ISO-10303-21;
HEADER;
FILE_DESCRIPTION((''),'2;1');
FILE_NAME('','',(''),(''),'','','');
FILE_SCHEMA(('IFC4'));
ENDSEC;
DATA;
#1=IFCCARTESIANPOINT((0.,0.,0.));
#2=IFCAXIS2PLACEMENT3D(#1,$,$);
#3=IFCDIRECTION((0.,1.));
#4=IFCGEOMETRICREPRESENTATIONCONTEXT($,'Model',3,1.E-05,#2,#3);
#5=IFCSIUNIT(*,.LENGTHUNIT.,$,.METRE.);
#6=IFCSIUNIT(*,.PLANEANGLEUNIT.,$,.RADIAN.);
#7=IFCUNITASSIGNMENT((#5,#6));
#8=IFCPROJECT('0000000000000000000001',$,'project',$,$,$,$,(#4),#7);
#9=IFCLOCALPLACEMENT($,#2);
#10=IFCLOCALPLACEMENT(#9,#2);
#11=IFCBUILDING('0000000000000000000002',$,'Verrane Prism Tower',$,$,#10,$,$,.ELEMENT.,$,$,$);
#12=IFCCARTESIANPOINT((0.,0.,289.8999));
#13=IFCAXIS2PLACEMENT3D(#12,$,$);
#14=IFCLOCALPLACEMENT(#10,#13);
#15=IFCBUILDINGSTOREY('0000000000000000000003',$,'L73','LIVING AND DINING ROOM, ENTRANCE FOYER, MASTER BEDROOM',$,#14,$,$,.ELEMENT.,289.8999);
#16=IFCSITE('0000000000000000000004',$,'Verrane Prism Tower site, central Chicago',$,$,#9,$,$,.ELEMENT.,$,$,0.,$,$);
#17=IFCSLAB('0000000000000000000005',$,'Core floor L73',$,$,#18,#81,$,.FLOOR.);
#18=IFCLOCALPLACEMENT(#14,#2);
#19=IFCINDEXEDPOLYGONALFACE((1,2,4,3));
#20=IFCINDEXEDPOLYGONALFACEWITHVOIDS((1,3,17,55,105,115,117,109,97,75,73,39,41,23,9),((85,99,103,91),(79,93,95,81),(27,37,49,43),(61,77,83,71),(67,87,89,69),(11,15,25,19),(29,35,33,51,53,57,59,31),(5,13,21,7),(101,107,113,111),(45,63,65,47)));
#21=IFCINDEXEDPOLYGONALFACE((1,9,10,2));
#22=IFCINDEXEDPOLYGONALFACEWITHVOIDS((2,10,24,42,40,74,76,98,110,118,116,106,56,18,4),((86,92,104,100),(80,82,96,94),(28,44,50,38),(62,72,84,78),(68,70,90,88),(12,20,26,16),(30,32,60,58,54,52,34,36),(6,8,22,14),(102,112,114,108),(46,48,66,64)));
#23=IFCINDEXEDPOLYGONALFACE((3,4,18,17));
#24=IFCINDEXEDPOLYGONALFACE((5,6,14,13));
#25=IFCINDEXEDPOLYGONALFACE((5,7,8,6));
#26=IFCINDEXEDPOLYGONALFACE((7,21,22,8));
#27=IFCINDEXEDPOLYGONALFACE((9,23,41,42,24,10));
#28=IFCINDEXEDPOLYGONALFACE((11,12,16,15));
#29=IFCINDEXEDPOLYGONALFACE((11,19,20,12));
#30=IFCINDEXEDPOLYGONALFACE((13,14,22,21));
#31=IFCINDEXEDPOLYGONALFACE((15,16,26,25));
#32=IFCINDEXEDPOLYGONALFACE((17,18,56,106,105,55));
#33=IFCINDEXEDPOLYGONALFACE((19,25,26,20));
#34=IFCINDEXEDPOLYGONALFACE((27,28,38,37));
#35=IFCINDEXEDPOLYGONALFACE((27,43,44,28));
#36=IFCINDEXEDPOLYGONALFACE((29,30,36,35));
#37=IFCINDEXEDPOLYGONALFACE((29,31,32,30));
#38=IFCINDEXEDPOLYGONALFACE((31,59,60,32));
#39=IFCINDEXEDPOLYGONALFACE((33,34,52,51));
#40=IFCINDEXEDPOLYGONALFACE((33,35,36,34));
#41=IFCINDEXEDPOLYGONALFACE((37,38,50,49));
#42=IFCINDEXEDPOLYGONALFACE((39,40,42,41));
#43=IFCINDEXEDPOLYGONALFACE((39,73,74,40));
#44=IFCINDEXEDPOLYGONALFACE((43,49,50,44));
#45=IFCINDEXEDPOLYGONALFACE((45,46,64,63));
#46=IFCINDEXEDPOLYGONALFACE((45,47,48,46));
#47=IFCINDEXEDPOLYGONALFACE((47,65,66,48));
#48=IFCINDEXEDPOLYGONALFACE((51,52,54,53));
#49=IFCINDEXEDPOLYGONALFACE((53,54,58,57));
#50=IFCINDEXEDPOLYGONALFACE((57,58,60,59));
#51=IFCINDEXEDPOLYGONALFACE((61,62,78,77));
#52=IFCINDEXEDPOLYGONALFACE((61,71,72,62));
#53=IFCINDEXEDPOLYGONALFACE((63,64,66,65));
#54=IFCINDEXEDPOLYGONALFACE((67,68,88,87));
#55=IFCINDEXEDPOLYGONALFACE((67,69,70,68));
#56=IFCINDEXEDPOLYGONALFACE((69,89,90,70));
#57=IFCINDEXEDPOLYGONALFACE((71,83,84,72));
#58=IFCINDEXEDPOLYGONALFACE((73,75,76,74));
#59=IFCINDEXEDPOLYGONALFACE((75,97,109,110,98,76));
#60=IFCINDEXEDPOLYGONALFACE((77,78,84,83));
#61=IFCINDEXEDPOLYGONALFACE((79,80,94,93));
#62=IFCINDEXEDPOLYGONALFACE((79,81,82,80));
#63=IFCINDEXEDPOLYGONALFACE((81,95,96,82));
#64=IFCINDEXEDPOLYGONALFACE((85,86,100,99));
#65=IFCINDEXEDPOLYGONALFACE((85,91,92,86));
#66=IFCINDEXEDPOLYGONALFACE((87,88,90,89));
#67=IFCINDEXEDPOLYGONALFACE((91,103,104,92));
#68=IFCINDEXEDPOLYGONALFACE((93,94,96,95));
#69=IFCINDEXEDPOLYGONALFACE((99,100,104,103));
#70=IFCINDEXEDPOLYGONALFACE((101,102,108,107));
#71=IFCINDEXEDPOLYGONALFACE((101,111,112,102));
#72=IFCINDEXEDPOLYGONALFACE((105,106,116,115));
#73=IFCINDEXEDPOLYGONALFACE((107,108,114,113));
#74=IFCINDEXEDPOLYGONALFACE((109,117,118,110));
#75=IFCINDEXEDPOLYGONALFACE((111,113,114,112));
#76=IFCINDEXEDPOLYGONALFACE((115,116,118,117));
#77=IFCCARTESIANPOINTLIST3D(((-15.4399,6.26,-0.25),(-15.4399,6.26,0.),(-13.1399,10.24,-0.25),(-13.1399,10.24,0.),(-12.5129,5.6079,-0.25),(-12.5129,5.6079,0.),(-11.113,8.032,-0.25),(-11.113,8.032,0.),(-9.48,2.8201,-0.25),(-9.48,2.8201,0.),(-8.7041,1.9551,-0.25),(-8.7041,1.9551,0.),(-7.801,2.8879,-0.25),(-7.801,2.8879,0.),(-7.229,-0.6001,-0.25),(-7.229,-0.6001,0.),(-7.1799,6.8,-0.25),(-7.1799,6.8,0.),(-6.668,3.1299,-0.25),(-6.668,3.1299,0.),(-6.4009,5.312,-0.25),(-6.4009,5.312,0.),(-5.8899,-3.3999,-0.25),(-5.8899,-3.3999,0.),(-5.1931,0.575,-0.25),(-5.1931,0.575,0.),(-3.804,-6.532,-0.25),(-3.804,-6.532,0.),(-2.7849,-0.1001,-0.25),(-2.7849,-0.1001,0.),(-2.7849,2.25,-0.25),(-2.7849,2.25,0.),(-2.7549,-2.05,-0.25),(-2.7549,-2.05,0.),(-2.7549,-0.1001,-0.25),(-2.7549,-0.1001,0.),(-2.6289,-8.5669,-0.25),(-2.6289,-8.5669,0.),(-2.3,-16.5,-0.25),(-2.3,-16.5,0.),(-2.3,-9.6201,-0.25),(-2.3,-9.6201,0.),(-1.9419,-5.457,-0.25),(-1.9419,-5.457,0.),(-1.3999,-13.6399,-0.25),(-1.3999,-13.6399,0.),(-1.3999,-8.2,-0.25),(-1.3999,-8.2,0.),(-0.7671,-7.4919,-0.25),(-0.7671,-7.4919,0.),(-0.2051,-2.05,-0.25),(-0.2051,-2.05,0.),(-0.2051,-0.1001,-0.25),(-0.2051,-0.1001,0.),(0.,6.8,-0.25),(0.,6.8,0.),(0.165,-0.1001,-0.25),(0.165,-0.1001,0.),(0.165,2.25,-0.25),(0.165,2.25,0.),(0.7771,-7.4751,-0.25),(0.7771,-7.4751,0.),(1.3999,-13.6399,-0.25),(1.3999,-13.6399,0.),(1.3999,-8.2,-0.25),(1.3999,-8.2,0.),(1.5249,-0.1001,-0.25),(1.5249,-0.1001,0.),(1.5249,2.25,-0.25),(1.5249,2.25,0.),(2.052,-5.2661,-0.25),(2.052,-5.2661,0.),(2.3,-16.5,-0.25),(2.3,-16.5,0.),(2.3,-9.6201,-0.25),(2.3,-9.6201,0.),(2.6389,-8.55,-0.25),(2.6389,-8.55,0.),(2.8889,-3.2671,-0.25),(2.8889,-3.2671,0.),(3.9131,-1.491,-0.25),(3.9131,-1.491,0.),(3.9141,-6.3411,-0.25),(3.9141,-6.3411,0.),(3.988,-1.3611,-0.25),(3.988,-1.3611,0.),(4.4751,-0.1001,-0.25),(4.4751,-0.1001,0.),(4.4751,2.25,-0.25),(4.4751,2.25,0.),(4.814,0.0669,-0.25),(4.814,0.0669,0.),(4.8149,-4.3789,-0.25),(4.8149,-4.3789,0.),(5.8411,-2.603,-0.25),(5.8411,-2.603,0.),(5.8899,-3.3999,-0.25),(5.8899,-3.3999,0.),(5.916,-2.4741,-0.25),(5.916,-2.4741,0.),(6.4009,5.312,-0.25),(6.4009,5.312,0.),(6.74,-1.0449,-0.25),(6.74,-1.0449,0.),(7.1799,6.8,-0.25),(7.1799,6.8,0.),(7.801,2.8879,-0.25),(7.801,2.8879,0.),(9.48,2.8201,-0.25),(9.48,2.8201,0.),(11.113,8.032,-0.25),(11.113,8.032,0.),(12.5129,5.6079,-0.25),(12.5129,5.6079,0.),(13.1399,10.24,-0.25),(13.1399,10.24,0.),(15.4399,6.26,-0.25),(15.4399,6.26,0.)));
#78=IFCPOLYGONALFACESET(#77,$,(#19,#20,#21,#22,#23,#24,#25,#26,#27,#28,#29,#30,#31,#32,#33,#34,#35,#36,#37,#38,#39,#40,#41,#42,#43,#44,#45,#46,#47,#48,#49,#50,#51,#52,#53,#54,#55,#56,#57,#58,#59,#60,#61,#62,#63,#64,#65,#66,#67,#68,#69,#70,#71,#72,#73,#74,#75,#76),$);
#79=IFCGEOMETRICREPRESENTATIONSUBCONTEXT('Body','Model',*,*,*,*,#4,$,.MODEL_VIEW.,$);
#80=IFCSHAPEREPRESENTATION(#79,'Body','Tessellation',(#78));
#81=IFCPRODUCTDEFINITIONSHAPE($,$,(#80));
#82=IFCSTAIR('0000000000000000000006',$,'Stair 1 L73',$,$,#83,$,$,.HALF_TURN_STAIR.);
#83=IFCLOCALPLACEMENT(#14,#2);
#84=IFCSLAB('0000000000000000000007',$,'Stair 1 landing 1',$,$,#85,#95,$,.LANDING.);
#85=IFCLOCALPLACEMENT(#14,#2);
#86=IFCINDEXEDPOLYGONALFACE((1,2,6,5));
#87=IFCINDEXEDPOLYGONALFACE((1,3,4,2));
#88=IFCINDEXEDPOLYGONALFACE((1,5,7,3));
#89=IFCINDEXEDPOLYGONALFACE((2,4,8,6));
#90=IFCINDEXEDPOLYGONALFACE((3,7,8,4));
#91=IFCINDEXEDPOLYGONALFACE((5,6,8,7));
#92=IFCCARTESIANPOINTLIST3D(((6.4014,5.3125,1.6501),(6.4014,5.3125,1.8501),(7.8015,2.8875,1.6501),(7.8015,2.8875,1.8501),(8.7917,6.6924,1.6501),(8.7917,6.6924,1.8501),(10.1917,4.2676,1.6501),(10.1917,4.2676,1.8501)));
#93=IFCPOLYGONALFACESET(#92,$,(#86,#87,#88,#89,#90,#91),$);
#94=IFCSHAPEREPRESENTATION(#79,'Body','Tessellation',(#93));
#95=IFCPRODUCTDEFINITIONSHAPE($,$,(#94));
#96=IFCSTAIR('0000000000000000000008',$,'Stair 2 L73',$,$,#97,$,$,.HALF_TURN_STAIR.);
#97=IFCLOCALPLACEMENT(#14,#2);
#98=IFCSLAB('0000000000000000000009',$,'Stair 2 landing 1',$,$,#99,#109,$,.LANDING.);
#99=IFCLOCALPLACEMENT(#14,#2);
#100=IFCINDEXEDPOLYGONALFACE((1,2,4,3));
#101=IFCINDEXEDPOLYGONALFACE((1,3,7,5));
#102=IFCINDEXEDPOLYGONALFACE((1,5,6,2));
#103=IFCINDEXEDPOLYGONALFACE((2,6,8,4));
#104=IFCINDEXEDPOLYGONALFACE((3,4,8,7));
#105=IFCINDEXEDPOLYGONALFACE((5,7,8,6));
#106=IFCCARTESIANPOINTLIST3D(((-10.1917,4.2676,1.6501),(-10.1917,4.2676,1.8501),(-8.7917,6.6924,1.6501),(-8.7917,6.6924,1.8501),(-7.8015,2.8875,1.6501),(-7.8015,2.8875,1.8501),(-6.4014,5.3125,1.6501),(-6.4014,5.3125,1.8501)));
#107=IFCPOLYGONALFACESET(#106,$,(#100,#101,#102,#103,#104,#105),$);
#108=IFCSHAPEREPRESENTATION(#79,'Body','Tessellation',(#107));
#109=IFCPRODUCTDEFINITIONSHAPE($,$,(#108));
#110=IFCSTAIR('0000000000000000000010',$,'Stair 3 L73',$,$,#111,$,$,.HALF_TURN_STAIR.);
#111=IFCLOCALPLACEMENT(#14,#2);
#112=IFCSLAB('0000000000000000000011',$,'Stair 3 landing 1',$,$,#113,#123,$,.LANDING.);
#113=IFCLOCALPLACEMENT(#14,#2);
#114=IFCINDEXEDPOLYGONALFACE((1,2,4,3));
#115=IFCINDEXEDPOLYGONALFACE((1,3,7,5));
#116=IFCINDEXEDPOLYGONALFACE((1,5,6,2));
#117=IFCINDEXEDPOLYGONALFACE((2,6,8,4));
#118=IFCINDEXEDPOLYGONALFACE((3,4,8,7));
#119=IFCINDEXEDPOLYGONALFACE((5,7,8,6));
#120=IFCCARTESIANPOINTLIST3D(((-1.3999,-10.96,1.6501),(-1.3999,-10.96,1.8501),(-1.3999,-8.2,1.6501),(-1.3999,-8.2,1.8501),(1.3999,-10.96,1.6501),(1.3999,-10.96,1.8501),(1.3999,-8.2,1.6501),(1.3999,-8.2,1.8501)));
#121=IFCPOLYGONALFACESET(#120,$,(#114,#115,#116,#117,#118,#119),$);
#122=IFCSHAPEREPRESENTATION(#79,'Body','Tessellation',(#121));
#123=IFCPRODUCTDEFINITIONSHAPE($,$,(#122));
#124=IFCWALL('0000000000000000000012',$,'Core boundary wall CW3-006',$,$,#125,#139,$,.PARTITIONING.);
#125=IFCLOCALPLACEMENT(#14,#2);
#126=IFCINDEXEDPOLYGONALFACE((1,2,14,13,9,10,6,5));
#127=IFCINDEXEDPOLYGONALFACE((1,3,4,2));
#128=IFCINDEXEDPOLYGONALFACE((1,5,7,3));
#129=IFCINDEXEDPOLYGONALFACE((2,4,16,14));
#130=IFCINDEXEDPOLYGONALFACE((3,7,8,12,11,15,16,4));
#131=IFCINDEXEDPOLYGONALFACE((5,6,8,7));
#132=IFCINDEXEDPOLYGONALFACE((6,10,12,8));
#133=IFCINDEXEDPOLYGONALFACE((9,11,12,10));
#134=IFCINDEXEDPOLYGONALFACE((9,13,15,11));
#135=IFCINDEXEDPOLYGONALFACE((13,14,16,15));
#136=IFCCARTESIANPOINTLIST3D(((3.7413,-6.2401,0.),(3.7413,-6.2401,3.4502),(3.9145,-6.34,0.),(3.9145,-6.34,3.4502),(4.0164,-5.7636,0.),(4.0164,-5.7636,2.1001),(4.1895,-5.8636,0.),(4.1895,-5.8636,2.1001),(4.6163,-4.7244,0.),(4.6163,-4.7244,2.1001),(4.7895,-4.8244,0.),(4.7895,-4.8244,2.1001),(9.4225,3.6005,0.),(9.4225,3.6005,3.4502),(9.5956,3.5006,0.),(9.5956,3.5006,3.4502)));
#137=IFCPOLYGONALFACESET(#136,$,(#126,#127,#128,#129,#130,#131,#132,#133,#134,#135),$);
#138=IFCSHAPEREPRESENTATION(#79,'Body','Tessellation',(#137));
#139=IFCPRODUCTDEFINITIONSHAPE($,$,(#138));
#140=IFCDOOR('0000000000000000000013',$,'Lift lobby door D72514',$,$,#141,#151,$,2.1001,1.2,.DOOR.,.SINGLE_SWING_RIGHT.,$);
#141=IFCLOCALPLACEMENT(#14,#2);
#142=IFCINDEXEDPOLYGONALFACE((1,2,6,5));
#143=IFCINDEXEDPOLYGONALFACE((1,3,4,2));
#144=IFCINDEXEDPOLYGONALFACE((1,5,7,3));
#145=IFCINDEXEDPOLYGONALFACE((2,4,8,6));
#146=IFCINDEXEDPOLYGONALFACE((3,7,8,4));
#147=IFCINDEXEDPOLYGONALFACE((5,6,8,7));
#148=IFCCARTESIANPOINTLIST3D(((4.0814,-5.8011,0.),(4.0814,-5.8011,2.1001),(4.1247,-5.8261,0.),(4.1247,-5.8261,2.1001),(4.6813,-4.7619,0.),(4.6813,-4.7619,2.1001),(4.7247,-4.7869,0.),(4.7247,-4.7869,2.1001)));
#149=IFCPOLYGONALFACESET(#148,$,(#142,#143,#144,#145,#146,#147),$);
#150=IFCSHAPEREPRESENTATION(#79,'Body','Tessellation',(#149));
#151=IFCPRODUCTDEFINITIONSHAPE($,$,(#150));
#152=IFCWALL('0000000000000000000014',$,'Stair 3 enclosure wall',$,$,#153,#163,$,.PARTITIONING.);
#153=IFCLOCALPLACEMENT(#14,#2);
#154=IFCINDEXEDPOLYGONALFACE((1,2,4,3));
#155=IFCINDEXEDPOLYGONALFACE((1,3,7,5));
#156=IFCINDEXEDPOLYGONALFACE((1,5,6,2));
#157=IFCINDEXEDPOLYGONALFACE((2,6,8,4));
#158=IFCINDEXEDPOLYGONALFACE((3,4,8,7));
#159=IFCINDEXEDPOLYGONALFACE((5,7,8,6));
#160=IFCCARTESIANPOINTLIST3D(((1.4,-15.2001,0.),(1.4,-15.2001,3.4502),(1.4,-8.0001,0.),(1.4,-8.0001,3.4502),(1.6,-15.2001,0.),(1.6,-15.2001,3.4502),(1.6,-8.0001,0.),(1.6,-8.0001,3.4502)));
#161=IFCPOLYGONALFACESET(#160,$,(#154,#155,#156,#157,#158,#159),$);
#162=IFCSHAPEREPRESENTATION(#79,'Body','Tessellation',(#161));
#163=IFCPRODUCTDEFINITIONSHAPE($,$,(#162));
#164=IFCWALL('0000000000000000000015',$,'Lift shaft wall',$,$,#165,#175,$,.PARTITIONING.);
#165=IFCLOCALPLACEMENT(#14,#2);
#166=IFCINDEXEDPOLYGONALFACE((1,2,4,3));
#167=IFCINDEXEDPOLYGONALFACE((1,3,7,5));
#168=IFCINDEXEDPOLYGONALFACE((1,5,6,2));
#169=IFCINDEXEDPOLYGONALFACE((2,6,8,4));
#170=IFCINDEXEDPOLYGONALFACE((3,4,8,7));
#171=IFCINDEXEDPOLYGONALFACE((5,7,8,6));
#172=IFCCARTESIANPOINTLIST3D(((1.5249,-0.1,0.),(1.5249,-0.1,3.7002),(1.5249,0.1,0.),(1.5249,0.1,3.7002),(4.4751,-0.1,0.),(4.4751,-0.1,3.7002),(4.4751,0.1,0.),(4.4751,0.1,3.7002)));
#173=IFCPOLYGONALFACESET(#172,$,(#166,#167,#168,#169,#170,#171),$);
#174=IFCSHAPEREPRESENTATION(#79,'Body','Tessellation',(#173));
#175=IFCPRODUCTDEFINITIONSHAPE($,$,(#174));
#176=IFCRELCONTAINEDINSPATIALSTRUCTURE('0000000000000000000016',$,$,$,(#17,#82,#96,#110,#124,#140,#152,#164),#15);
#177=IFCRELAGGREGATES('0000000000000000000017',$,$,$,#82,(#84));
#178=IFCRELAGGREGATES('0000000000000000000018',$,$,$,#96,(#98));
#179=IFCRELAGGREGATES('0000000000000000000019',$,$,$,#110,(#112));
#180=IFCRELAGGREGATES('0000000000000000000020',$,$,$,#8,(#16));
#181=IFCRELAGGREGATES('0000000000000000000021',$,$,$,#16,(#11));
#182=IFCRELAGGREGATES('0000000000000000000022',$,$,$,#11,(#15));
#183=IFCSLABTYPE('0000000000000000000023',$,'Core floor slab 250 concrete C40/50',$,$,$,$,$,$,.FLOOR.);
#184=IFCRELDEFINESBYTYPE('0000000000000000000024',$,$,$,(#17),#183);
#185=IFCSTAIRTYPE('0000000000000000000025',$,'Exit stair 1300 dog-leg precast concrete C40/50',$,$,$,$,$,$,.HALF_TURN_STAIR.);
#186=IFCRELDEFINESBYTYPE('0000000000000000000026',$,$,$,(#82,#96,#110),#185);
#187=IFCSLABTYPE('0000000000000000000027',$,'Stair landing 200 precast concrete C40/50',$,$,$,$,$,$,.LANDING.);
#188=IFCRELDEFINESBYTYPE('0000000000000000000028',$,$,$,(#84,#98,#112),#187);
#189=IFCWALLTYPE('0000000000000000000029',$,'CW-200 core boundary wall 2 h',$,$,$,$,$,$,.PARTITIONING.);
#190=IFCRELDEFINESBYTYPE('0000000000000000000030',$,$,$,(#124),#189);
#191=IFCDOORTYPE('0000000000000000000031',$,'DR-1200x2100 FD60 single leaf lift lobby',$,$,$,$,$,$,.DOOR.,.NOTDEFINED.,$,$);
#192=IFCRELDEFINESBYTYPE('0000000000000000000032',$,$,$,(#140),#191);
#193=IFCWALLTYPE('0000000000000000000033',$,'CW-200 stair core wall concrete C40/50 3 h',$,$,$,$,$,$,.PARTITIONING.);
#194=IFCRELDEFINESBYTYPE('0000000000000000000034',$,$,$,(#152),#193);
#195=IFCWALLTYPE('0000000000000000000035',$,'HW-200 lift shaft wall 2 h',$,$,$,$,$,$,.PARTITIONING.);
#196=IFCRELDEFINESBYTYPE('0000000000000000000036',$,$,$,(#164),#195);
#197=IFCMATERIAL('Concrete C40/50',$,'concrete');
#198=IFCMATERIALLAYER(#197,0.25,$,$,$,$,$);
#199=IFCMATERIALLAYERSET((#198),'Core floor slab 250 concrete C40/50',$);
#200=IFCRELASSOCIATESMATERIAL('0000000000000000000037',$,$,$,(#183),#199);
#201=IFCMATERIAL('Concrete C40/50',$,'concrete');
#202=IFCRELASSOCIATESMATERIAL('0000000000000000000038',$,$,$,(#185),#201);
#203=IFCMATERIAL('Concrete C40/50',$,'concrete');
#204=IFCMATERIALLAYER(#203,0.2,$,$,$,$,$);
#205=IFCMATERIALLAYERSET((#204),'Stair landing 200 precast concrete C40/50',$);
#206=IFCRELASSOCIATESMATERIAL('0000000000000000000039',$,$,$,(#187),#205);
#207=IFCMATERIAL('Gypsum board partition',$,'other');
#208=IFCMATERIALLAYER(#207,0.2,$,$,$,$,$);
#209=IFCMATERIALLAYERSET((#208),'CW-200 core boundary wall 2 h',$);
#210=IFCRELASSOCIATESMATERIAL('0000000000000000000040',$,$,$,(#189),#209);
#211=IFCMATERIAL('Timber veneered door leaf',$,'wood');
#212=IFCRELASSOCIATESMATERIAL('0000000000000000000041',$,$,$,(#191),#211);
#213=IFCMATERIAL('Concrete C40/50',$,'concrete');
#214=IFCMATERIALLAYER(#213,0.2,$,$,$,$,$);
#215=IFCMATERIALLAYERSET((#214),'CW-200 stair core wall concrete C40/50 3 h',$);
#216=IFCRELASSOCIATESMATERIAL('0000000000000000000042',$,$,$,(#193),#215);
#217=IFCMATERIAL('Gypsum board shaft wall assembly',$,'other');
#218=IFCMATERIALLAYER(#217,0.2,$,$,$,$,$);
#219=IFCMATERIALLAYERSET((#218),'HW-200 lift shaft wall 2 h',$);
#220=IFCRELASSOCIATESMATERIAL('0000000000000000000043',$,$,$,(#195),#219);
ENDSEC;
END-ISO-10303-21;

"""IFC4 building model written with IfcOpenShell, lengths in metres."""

from ifc_helpers import new_model, si_unit, direction, frame, frame_2d, origin, place, context, subcontext, project, spatial, polyline, rectangle, outline, extrude, material, layer, layer_set, type_object, element, fill, aggregate, save


model = new_model("IFC4")

# Units and contexts
model_context = context("Model", 3, precision=1e-05, world=origin(), true_north=direction((0.0, 1.0)))
body_context = subcontext(model_context, "Body", "Model", "MODEL_VIEW")
ifc_project = project(units=[si_unit("LENGTHUNIT", "METRE"), si_unit("PLANEANGLEUNIT", "RADIAN")], contexts=[model_context])

# Site, building, storey
site_placement = place(None, origin())
site = spatial("IfcSite", under=ifc_project, at=site_placement, Name="Verrane Prism Tower site, central Chicago", CompositionType="ELEMENT", RefElevation=0.0)
building_placement = place(site_placement, origin())
building = spatial("IfcBuilding", under=site, at=building_placement, Name="Verrane Prism Tower", CompositionType="ELEMENT")
storey_placement = place(building_placement, frame((0.0, 0.0, 289.8999)))
storey = spatial("IfcBuildingStorey", under=building, at=storey_placement, Name="L73", Description="LIVING AND DINING ROOM, ENTRANCE FOYER, MASTER BEDROOM", CompositionType="ELEMENT", Elevation=289.8999)

# Slab
ifc_material_1 = material(Name="Concrete C40/50", Category="concrete")
ifc_layer_1 = layer(ifc_material_1, 0.25)
ifc_layer_set_1 = layer_set([ifc_layer_1], Name="Core floor slab 250 concrete C40/50")
slab_type_1 = type_object("IfcSlabType", Name="Core floor slab 250 concrete C40/50", PredefinedType="FLOOR", material=ifc_layer_set_1)
slab_1_placement = place(storey_placement, frame((0.0, 0.0, -0.25)))
element("IfcSlab", 1, at=slab_1_placement, inside=storey, type_object=slab_type_1, Name="Core floor L73", PredefinedType="FLOOR", context=body_context, shape_type="SweptSolid", body=[
    extrude(outline(polyline([(9.48, 2.8201), (15.4399, 6.26), (13.1399, 10.24), (7.1799, 6.8), (0.0, 6.8), (-7.1799, 6.8), (-13.1399, 10.24), (-15.4399, 6.26), (-9.48, 2.8201), (-5.8899, -3.3999), (-2.3, -9.6201), (-2.3, -16.5), (2.3, -16.5), (2.3, -9.6201), (5.8899, -3.3999), (9.48, 2.8201)]), holes=[polyline([(-1.3999, -8.2), (1.3999, -8.2), (1.3999, -13.6399), (-1.3999, -13.6399), (-1.3999, -8.2)]), polyline([(-0.7671, -7.4919), (-2.6289, -8.5669), (-3.804, -6.532), (-1.9419, -5.457), (-0.7671, -7.4919)]), polyline([(3.9141, -6.3411), (2.6389, -8.55), (0.7771, -7.4751), (2.052, -5.2661), (3.9141, -6.3411)]), polyline([(4.8149, -4.3789), (2.8889, -3.2671), (3.9131, -1.491), (5.8411, -2.603), (4.8149, -4.3789)]), polyline([(6.74, -1.0449), (5.916, -2.4741), (3.988, -1.3611), (4.814, 0.0669), (6.74, -1.0449)]), polyline([(-2.7849, -0.1001), (-2.7849, 2.25), (0.165, 2.25), (0.165, -0.1001), (-0.2051, -0.1001), (-0.2051, -2.05), (-2.7549, -2.05), (-2.7549, -0.1001), (-2.7849, -0.1001)]), polyline([(4.4751, 2.25), (4.4751, -0.1001), (1.5249, -0.1001), (1.5249, 2.25), (4.4751, 2.25)]), polyline([(-8.7041, 1.9551), (-6.668, 3.1299), (-5.1931, 0.575), (-7.229, -0.6001), (-8.7041, 1.9551)]), polyline([(-7.801, 2.8879), (-12.5129, 5.6079), (-11.113, 8.032), (-6.4009, 5.312), (-7.801, 2.8879)]), polyline([(6.4009, 5.312), (11.113, 8.032), (12.5129, 5.6079), (7.801, 2.8879), (6.4009, 5.312)])]), origin(), (0.0, 0.0, 1.0), 0.25),
])

# Stairs, slabs
ifc_material_2 = material(Name="Concrete C40/50", Category="concrete")
stair_type = type_object("IfcStairType", Name="Exit stair 1300 dog-leg precast concrete C40/50", PredefinedType="HALF_TURN_STAIR", material=ifc_material_2)
stair_1_placement = place(storey_placement, origin())
stair_1 = element("IfcStair", 2, at=stair_1_placement, inside=storey, type_object=stair_type, Name="Stair 1 L73", PredefinedType="HALF_TURN_STAIR")
ifc_material_3 = material(Name="Concrete C40/50", Category="concrete")
ifc_layer_2 = layer(ifc_material_3, 0.2)
ifc_layer_set_2 = layer_set([ifc_layer_2], Name="Stair landing 200 precast concrete C40/50")
slab_type_2 = type_object("IfcSlabType", Name="Stair landing 200 precast concrete C40/50", PredefinedType="LANDING", material=ifc_layer_set_2)
slab_2_placement = place(storey_placement, frame((0.0, 0.0, 1.6501)))
slab_2 = element("IfcSlab", 3, at=slab_2_placement, type_object=slab_type_2, Name="Stair 1 landing 1", PredefinedType="LANDING", context=body_context, shape_type="SweptSolid", body=[
    extrude(outline(polyline([(8.7917, 6.6924), (6.4014, 5.3125), (7.8015, 2.8875), (10.1917, 4.2676), (8.7917, 6.6924)])), origin(), (0.0, 0.0, 1.0), 0.2),
])
aggregate(stair_1, [slab_2])
stair_2_placement = place(storey_placement, origin())
stair_2 = element("IfcStair", 4, at=stair_2_placement, inside=storey, type_object=stair_type, Name="Stair 2 L73", PredefinedType="HALF_TURN_STAIR")
slab_3_placement = place(storey_placement, frame((0.0, 0.0, 1.6501)))
slab_3 = element("IfcSlab", 5, at=slab_3_placement, type_object=slab_type_2, Name="Stair 2 landing 1", PredefinedType="LANDING", context=body_context, shape_type="SweptSolid", body=[
    extrude(outline(polyline([(-10.1917, 4.2676), (-7.8015, 2.8875), (-6.4014, 5.3125), (-8.7917, 6.6924), (-10.1917, 4.2676)])), origin(), (0.0, 0.0, 1.0), 0.2),
])
aggregate(stair_2, [slab_3])
stair_3_placement = place(storey_placement, origin())
stair_3 = element("IfcStair", 6, at=stair_3_placement, inside=storey, type_object=stair_type, Name="Stair 3 L73", PredefinedType="HALF_TURN_STAIR")
slab_4_placement = place(storey_placement, frame((0.0, 0.0, 1.6501)))
slab_4 = element("IfcSlab", 7, at=slab_4_placement, type_object=slab_type_2, Name="Stair 3 landing 1", PredefinedType="LANDING", context=body_context, shape_type="SweptSolid", body=[
    extrude(outline(polyline([(1.3999, -10.96), (1.3999, -8.2), (-1.3999, -8.2), (-1.3999, -10.96), (1.3999, -10.96)])), origin(), (0.0, 0.0, 1.0), 0.2),
])
aggregate(stair_3, [slab_4])

# Wall, opening, door
ifc_material_4 = material(Name="Gypsum board partition", Category="other")
ifc_layer_3 = layer(ifc_material_4, 0.2)
ifc_layer_set_3 = layer_set([ifc_layer_3], Name="CW-200 core boundary wall 2 h")
wall_type_1 = type_object("IfcWallType", Name="CW-200 core boundary wall 2 h", PredefinedType="PARTITIONING", material=ifc_layer_set_3)
wall_1_placement = place(storey_placement, frame((3.8279, -6.29, 0.0), z_axis=(0.0, 0.0, 1.0), x_axis=(0.49998, 0.866037, 0.0)))
wall_1 = element("IfcWall", 8, at=wall_1_placement, inside=storey, type_object=wall_type_1, Name="Core boundary wall CW3-006", PredefinedType="PARTITIONING", context=body_context, shape_type="SweptSolid", body=[
    extrude(rectangle(XDim=11.3628, YDim=0.2, at=frame_2d((5.6814, 0.0))), origin(), (0.0, 0.0, 1.0), 3.4502),
])
opening_1_placement = place(wall_1_placement, frame((0.55, 0.0, 0.0)))
opening_1 = element("IfcOpeningElement", 9, at=opening_1_placement, cuts=wall_1, PredefinedType="OPENING", context=body_context, shape_type="SweptSolid", body=[
    extrude(rectangle(XDim=1.2, YDim=2.1001, at=frame_2d((0.6001, 1.05))), frame((0.0, 0.1099, 0.0), z_axis=(0.0, -1.0, 0.0), x_axis=(1.0, 0.0, 0.0)), (0.0, 0.0, 1.0), 0.22),
])
ifc_material_5 = material(Name="Timber veneered door leaf", Category="wood")
door_type_1 = type_object("IfcDoorType", Name="DR-1200x2100 FD60 single leaf lift lobby", OperationType="NOTDEFINED", PredefinedType="DOOR", material=ifc_material_5)
door_1_placement = place(opening_1_placement, origin())
door_1 = element("IfcDoor", 10, at=door_1_placement, inside=storey, type_object=door_type_1, Name="Lift lobby door D72514", OperationType="SINGLE_SWING_RIGHT", OverallHeight=2.1001, OverallWidth=1.2, PredefinedType="DOOR", context=body_context, shape_type="SweptSolid", body=[
    extrude(rectangle(XDim=1.2, YDim=2.1001, at=frame_2d((0.6001, 1.05))), frame((0.0, 0.0249, 0.0), z_axis=(0.0, -1.0, 0.0), x_axis=(1.0, 0.0, 0.0)), (0.0, 0.0, 1.0), 0.05),
])
fill(opening_1, door_1)

# Walls
ifc_material_6 = material(Name="Concrete C40/50", Category="concrete")
ifc_layer_4 = layer(ifc_material_6, 0.2)
ifc_layer_set_4 = layer_set([ifc_layer_4], Name="CW-200 stair core wall concrete C40/50 3 h")
wall_type_2 = type_object("IfcWallType", Name="CW-200 stair core wall concrete C40/50 3 h", PredefinedType="PARTITIONING", material=ifc_layer_set_4)
wall_2_placement = place(storey_placement, frame((1.5, -8.0, 0.0), z_axis=(0.0, 0.0, 1.0), x_axis=(0.0, -1.0, 0.0)))
element("IfcWall", 11, at=wall_2_placement, inside=storey, type_object=wall_type_2, Name="Stair 3 enclosure wall", PredefinedType="PARTITIONING", context=body_context, shape_type="SweptSolid", body=[
    extrude(rectangle(XDim=7.2, YDim=0.2, at=frame_2d((3.6001, 0.0))), origin(), (0.0, 0.0, 1.0), 3.4502),
])
ifc_material_7 = material(Name="Gypsum board shaft wall assembly", Category="other")
ifc_layer_5 = layer(ifc_material_7, 0.2)
ifc_layer_set_5 = layer_set([ifc_layer_5], Name="HW-200 lift shaft wall 2 h")
wall_type_3 = type_object("IfcWallType", Name="HW-200 lift shaft wall 2 h", PredefinedType="PARTITIONING", material=ifc_layer_set_5)
wall_3_placement = place(storey_placement, frame((1.5249, 0.0, 0.0), z_axis=(0.0, 0.0, 1.0), x_axis=(1.0, 0.0, 0.0)))
element("IfcWall", 12, at=wall_3_placement, inside=storey, type_object=wall_type_3, Name="Lift shaft wall", PredefinedType="PARTITIONING", context=body_context, shape_type="SweptSolid", body=[
    extrude(rectangle(XDim=2.9502, YDim=0.2, at=frame_2d((1.4751, 0.0))), origin(), (0.0, 0.0, 1.0), 3.7002),
])

save(model, "model.ifc")
